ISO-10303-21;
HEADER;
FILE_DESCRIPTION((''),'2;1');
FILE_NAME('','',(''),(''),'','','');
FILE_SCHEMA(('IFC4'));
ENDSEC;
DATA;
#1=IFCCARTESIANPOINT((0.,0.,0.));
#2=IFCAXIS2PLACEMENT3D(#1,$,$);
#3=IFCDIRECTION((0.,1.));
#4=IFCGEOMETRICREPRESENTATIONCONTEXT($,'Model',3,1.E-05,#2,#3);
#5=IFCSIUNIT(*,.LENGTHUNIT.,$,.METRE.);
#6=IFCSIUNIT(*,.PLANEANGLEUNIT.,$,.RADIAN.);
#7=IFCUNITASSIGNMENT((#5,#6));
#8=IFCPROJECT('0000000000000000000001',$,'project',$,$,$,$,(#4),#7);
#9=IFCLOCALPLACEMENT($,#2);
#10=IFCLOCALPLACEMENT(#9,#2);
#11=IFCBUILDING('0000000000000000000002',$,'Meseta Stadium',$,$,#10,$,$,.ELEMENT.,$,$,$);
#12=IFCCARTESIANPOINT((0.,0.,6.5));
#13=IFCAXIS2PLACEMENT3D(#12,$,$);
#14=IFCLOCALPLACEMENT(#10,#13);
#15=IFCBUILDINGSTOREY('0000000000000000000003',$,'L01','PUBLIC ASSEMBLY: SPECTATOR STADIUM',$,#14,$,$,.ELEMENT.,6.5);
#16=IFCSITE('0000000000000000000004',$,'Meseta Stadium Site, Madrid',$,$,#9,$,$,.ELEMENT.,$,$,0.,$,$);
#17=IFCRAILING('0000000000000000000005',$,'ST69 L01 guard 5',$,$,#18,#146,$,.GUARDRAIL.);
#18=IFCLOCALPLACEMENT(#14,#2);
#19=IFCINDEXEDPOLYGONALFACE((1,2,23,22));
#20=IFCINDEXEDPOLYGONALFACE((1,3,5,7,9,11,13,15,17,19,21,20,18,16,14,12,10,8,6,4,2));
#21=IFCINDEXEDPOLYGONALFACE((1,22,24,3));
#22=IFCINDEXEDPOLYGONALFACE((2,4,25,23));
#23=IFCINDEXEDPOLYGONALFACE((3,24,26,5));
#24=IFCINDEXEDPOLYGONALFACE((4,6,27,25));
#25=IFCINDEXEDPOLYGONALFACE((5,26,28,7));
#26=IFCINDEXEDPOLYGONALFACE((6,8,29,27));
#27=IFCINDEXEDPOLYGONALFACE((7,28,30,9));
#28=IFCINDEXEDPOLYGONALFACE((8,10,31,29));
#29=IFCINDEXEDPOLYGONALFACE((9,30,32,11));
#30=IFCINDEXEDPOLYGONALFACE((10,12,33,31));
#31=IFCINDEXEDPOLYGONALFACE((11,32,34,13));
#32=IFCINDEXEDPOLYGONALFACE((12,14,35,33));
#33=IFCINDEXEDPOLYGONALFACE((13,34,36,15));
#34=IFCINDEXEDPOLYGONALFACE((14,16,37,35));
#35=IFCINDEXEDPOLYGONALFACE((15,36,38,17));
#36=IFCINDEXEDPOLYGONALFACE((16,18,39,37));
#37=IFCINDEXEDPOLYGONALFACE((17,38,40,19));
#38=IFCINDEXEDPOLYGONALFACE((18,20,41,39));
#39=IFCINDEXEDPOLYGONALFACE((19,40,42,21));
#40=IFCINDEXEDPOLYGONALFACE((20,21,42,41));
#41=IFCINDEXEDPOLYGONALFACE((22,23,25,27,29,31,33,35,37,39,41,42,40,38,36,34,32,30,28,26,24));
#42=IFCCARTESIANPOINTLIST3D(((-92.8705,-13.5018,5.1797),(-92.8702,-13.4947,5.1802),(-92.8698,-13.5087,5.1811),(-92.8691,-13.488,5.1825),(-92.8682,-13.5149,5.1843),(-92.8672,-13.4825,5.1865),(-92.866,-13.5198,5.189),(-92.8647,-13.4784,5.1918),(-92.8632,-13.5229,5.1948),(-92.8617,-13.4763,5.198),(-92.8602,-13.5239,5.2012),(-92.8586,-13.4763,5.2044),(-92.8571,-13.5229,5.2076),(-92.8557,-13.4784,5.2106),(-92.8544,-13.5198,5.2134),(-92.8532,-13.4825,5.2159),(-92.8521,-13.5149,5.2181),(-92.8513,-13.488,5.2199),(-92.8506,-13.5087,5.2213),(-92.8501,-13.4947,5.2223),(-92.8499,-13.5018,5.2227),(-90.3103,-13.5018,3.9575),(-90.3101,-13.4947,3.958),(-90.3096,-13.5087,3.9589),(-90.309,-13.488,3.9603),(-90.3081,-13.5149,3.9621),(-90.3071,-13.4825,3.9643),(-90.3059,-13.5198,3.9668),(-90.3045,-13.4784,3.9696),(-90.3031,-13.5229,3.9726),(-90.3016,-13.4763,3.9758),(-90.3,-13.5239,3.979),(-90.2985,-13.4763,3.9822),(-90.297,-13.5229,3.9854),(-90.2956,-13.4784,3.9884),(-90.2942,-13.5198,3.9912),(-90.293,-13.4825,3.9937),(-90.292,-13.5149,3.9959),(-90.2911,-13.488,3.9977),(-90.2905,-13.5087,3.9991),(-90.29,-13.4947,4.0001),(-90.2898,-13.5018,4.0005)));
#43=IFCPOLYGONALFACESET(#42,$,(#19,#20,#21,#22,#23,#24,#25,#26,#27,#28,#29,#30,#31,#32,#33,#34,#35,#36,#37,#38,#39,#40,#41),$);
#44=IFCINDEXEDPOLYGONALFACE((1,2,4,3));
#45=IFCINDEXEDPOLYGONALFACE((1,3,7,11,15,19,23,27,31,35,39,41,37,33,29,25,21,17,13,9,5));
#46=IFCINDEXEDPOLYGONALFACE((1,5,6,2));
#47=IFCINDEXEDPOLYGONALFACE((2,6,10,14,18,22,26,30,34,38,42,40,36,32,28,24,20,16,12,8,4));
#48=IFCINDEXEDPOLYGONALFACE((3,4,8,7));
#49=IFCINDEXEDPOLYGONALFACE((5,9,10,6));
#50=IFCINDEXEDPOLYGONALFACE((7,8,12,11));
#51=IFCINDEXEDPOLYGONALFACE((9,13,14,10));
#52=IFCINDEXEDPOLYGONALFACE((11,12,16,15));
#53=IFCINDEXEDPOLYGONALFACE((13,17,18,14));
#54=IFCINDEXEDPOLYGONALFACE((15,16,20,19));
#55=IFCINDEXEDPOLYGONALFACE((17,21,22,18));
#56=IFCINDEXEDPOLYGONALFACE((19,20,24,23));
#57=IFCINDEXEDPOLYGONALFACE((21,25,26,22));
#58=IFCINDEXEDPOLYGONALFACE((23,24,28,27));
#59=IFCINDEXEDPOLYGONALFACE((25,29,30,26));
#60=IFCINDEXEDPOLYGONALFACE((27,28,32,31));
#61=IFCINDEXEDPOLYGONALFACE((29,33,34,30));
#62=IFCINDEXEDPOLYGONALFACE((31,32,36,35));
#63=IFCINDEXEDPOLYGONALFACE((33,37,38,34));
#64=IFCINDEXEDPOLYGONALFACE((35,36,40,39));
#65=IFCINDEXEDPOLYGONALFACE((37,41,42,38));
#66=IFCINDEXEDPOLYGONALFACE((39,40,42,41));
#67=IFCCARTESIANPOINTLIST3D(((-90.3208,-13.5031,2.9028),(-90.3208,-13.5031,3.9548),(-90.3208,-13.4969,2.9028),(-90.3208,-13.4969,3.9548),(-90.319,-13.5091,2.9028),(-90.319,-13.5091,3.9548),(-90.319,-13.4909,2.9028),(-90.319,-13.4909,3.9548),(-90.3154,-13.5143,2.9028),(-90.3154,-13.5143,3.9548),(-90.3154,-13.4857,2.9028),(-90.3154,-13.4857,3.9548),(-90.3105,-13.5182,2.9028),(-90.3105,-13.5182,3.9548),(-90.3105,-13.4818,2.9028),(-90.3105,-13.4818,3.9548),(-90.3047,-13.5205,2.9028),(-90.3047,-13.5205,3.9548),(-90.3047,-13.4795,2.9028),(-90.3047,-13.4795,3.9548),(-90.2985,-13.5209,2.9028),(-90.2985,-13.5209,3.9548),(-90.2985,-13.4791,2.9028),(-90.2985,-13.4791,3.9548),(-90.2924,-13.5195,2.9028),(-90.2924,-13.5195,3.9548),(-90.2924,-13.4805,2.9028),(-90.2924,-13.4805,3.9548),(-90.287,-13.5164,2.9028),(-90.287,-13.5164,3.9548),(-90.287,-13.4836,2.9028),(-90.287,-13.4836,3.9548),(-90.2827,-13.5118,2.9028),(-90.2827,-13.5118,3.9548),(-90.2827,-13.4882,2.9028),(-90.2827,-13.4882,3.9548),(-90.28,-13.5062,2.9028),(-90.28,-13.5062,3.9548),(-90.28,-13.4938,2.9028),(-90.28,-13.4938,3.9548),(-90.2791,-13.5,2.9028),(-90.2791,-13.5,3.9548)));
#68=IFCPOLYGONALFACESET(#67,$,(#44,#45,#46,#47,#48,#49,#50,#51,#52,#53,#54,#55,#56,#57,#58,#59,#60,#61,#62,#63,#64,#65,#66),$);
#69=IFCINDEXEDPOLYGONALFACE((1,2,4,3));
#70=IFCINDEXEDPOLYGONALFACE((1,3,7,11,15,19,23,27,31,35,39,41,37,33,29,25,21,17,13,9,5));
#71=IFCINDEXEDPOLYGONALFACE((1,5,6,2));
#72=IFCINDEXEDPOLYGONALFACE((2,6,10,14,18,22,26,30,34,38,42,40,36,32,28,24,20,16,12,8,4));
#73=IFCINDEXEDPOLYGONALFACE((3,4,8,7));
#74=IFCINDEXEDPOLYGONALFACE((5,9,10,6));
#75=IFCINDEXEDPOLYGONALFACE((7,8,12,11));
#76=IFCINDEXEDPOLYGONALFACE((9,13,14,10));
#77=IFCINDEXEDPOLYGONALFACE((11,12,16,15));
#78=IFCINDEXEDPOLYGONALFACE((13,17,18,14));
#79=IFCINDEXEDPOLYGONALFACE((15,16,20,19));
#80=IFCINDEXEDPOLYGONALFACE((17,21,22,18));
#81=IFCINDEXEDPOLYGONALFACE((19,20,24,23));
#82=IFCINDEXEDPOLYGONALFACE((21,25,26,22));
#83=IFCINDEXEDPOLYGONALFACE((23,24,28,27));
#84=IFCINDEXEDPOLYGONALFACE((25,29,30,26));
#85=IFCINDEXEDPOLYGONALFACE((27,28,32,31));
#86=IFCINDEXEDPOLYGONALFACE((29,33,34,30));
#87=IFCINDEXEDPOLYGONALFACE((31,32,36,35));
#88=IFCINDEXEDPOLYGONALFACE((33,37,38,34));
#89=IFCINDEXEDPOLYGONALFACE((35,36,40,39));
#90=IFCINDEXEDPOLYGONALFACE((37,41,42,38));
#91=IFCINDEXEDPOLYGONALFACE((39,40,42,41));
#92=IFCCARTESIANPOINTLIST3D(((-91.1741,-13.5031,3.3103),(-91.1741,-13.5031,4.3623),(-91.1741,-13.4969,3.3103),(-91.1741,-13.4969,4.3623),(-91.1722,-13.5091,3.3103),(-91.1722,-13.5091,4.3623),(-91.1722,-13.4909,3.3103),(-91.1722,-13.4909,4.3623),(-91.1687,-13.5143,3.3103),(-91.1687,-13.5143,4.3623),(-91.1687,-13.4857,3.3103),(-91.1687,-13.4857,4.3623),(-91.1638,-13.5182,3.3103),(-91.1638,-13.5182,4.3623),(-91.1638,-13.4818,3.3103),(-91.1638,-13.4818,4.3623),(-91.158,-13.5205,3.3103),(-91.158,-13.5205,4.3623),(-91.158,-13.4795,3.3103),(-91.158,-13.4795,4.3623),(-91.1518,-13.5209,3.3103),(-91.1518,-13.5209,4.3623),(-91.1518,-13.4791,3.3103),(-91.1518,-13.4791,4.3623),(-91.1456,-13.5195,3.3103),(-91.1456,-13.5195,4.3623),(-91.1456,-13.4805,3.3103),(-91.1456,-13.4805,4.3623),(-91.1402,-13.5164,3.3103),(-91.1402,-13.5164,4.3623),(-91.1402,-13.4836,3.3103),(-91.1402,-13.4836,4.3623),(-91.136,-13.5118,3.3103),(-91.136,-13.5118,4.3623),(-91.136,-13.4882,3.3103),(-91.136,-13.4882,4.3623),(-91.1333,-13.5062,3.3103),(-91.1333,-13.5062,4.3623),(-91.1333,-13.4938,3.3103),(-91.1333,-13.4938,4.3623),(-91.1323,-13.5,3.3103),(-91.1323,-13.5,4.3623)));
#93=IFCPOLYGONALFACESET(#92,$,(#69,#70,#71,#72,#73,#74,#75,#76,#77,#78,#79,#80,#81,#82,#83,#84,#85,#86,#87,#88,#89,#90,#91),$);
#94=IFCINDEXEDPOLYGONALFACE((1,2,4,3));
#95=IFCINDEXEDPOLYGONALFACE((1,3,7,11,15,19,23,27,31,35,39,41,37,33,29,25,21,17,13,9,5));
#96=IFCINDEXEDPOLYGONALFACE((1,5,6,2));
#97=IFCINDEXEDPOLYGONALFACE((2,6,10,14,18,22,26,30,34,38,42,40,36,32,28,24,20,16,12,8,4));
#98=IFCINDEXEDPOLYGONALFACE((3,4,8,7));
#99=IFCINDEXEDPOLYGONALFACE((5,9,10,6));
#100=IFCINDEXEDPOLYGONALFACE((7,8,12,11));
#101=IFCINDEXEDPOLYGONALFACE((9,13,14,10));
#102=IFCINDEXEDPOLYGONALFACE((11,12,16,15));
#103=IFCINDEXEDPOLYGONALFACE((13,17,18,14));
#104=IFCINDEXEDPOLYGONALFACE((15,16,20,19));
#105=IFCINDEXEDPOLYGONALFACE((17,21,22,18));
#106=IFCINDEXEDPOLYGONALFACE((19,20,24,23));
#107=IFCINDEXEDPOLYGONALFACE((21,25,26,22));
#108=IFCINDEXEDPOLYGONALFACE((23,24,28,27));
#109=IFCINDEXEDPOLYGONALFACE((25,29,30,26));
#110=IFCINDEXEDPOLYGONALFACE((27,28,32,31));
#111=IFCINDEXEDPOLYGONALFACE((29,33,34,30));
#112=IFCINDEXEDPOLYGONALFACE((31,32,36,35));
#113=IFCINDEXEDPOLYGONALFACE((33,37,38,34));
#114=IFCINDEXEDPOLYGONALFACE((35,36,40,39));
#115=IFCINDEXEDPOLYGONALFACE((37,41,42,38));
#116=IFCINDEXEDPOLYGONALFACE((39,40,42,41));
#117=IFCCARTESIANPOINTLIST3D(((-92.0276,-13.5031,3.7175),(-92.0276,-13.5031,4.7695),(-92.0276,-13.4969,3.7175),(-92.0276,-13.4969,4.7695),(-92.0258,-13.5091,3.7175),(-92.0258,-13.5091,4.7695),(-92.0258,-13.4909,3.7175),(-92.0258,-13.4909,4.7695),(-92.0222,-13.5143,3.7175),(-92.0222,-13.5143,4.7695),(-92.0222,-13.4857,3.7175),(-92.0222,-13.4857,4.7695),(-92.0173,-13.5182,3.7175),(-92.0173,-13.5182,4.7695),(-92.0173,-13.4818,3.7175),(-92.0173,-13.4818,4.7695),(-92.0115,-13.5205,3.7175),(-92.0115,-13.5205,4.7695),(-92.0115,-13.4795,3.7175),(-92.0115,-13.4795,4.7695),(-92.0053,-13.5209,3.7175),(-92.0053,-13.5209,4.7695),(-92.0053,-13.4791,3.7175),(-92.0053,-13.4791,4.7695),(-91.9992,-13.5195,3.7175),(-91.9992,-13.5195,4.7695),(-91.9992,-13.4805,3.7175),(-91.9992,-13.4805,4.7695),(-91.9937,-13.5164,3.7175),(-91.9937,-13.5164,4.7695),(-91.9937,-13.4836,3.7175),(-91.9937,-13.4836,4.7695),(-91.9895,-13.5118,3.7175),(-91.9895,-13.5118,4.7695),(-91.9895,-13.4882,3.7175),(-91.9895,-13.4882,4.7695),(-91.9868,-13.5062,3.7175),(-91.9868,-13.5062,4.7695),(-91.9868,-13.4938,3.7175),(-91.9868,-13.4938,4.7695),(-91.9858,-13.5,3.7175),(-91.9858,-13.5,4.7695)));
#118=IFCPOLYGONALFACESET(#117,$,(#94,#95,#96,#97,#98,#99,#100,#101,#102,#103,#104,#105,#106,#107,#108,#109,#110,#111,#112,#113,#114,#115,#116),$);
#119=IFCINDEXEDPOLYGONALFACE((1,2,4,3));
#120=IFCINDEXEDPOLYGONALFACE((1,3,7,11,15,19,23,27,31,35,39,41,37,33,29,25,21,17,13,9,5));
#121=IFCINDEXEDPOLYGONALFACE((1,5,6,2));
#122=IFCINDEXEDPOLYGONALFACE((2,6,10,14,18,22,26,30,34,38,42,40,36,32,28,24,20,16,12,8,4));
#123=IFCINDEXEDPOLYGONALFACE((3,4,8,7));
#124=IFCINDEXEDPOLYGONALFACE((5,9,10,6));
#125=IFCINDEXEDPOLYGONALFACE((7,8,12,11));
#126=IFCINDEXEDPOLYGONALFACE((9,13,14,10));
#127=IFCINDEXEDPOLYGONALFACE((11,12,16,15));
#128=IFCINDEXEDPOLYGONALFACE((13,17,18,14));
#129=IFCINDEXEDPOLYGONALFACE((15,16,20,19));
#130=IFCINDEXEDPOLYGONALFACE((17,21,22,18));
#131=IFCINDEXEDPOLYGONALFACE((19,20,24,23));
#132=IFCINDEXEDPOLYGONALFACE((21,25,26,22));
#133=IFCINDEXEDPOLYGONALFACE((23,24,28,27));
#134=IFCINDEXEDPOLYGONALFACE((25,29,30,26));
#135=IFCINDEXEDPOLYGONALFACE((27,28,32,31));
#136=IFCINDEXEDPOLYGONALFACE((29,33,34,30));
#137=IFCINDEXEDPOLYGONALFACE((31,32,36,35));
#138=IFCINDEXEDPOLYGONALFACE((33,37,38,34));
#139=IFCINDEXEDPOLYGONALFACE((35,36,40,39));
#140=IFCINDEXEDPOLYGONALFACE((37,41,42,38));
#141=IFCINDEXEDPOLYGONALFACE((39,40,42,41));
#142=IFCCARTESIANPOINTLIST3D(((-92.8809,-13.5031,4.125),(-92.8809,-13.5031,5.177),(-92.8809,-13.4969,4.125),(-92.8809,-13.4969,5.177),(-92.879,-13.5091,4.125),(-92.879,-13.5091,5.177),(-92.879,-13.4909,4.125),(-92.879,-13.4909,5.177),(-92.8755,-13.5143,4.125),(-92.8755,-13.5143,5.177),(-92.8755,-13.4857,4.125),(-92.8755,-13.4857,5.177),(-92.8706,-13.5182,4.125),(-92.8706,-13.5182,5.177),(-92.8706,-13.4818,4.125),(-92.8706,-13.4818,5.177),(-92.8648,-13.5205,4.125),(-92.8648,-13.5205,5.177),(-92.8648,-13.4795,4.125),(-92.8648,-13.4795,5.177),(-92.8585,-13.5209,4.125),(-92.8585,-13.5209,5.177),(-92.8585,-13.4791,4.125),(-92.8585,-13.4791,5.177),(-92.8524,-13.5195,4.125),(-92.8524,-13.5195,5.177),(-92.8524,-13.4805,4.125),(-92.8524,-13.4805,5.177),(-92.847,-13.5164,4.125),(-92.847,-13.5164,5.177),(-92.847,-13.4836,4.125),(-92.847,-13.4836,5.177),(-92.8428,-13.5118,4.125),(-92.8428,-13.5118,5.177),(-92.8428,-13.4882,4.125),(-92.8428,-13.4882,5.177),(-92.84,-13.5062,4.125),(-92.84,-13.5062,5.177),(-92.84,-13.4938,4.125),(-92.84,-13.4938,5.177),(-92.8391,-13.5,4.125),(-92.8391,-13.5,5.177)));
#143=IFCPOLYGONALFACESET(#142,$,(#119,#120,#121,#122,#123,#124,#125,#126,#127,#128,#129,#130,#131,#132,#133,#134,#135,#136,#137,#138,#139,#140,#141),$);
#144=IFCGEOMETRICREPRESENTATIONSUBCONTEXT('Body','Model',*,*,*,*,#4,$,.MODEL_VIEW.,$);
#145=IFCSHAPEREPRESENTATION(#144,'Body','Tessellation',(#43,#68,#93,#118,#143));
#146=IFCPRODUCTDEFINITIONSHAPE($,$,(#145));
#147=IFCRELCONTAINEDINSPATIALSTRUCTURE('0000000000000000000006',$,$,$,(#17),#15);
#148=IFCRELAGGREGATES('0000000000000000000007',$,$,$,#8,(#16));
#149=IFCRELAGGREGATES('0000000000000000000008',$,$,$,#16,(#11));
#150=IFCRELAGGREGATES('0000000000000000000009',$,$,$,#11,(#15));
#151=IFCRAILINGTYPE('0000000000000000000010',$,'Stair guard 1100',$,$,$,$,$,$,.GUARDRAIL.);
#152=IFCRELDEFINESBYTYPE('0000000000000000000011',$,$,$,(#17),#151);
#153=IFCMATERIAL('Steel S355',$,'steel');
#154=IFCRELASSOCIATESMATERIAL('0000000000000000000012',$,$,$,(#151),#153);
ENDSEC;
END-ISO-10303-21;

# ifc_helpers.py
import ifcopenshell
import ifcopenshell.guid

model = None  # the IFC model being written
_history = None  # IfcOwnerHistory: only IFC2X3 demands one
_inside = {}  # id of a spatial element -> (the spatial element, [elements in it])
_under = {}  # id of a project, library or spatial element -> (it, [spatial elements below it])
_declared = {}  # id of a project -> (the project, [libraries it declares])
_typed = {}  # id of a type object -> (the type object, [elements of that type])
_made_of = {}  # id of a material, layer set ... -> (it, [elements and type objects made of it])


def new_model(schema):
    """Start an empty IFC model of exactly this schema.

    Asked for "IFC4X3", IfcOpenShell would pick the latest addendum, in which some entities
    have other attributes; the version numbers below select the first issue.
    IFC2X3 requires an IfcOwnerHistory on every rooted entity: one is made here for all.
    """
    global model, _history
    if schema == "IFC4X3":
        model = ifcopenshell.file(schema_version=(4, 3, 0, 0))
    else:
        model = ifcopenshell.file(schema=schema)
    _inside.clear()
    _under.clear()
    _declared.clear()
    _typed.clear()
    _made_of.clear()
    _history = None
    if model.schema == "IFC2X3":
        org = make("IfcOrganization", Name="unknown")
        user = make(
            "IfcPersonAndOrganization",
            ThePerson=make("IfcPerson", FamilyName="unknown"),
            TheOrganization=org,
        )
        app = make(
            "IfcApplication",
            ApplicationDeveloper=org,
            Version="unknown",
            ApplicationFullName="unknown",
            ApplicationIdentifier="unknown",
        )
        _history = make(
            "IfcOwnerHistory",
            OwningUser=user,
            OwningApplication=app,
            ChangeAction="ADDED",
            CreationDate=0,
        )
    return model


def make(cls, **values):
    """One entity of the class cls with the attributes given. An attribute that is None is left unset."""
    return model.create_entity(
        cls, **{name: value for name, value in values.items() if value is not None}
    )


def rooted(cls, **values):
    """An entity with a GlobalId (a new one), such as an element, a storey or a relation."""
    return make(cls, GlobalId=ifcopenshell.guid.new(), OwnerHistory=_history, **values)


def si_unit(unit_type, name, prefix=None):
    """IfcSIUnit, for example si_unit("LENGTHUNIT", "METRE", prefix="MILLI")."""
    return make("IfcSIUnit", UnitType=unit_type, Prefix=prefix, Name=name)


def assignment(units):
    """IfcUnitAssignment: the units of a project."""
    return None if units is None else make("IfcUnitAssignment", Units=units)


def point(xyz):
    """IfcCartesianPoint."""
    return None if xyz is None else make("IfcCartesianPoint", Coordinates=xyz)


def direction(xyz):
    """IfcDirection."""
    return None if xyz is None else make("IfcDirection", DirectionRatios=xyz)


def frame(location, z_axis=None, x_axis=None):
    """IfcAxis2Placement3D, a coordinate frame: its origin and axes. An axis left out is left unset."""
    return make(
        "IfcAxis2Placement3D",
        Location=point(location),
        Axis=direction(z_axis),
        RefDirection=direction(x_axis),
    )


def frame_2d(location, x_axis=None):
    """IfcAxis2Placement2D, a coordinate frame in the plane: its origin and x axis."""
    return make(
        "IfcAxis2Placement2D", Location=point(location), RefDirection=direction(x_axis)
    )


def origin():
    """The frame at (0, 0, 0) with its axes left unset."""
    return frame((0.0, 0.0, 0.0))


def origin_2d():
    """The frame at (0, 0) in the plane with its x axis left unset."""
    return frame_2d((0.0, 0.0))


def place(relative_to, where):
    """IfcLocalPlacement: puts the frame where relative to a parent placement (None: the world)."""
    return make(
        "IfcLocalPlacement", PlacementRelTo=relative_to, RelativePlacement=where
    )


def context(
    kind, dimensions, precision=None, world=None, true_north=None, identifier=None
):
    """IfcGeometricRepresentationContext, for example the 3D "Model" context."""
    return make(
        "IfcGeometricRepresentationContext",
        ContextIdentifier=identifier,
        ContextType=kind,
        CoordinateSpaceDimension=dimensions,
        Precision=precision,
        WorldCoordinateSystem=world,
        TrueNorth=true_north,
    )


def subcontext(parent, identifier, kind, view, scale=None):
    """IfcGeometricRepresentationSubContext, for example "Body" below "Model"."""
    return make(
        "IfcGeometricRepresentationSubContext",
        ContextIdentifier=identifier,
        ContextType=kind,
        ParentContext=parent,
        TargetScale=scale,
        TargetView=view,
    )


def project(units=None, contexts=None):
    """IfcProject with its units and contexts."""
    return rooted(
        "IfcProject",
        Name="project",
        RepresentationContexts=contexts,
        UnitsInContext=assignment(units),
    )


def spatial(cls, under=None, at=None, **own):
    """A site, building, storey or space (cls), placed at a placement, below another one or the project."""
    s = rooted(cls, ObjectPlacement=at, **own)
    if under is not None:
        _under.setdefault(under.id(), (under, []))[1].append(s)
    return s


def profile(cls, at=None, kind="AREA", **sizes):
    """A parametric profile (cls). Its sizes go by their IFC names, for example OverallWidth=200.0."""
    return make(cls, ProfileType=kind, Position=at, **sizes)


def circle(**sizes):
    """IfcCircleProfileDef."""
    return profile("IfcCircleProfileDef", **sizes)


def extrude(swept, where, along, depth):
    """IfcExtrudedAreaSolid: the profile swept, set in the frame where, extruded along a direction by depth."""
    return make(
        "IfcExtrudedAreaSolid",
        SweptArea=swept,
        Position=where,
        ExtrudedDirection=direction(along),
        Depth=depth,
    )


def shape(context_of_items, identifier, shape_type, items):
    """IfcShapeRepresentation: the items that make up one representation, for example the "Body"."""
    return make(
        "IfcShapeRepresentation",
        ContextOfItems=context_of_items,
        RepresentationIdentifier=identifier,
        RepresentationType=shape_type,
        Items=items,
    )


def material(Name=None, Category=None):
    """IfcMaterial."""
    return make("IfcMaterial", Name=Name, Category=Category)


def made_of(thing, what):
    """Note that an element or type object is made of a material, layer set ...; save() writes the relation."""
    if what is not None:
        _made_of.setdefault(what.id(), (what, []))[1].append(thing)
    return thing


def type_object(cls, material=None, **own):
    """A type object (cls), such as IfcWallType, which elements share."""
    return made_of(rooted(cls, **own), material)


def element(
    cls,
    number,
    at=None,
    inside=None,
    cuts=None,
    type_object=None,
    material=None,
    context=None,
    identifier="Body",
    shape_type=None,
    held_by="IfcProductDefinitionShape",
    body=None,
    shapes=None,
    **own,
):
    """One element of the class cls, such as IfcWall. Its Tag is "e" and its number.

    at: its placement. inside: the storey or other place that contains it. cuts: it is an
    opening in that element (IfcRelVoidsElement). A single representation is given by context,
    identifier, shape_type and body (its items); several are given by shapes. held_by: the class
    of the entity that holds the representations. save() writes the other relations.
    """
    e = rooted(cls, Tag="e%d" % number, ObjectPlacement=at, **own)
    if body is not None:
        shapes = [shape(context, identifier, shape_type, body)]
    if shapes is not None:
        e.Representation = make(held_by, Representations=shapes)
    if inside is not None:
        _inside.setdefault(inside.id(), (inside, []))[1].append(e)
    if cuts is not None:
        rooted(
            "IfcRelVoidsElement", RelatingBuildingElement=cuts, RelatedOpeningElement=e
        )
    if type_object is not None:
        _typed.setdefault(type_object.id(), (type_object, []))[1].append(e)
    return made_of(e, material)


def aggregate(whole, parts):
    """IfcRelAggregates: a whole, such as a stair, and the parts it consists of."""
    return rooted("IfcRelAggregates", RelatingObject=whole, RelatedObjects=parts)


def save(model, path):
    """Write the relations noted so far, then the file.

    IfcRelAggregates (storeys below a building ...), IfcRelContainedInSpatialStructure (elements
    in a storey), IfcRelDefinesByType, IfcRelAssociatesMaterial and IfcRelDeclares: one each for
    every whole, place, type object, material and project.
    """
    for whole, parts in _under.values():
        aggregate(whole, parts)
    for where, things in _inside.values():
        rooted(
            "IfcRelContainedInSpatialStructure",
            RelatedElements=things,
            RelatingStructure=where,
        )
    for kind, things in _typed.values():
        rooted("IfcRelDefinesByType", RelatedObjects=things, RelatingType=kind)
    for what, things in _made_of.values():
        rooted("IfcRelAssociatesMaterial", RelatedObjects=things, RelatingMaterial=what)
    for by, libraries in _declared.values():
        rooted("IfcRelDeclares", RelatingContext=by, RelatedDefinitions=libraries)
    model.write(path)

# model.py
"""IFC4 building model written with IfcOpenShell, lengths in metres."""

from ifc_helpers import new_model, si_unit, direction, frame, origin, origin_2d, place, context, subcontext, project, spatial, circle, extrude, material, type_object, element, save


model = new_model("IFC4")

# Units and contexts
model_context = context("Model", 3, precision=1e-05, world=origin(), true_north=direction((0.0, 1.0)))
body_context = subcontext(model_context, "Body", "Model", "MODEL_VIEW")
ifc_project = project(units=[si_unit("LENGTHUNIT", "METRE"), si_unit("PLANEANGLEUNIT", "RADIAN")], contexts=[model_context])

# Site, building, storey
site_placement = place(None, origin())
site = spatial("IfcSite", under=ifc_project, at=site_placement, Name="Meseta Stadium Site, Madrid", CompositionType="ELEMENT", RefElevation=0.0)
building_placement = place(site_placement, origin())
building = spatial("IfcBuilding", under=site, at=building_placement, Name="Meseta Stadium", CompositionType="ELEMENT")
storey_placement = place(building_placement, frame((0.0, 0.0, 6.5)))
storey = spatial("IfcBuildingStorey", under=building, at=storey_placement, Name="L01", Description="PUBLIC ASSEMBLY: SPECTATOR STADIUM", CompositionType="ELEMENT", Elevation=6.5)

# Railing
ifc_material_1 = material(Name="Steel S355", Category="steel")
railing_type_1 = type_object("IfcRailingType", Name="Stair guard 1100", PredefinedType="GUARDRAIL", material=ifc_material_1)
railing_1_placement = place(storey_placement, frame((-90.3, -13.5, 2.9028)))
element("IfcRailing", 1, at=railing_1_placement, inside=storey, type_object=railing_type_1, Name="ST69 L01 guard 5", PredefinedType="GUARDRAIL", context=body_context, shape_type="SweptSolid", body=[
    extrude(circle(Radius=0.0239, at=origin_2d()), frame((0.0, 0.0, 1.0762), z_axis=(-0.902437, 0.0, 0.430822), x_axis=(0.0, -1.0, 0.0)), (0.0, 0.0, 1.0), 2.8369),
    extrude(circle(Radius=0.021, at=origin_2d()), origin(), (0.0, 0.0, 1.0), 1.052),
    extrude(circle(Radius=0.021, at=origin_2d()), frame((-0.8533, 0.0, 0.4075)), (0.0, 0.0, 1.0), 1.052),
    extrude(circle(Radius=0.021, at=origin_2d()), frame((-1.7068, 0.0, 0.8147)), (0.0, 0.0, 1.0), 1.052),
    extrude(circle(Radius=0.021, at=origin_2d()), frame((-2.5601, 0.0, 1.2222)), (0.0, 0.0, 1.0), 1.052),
])

save(model, "model.ifc")
